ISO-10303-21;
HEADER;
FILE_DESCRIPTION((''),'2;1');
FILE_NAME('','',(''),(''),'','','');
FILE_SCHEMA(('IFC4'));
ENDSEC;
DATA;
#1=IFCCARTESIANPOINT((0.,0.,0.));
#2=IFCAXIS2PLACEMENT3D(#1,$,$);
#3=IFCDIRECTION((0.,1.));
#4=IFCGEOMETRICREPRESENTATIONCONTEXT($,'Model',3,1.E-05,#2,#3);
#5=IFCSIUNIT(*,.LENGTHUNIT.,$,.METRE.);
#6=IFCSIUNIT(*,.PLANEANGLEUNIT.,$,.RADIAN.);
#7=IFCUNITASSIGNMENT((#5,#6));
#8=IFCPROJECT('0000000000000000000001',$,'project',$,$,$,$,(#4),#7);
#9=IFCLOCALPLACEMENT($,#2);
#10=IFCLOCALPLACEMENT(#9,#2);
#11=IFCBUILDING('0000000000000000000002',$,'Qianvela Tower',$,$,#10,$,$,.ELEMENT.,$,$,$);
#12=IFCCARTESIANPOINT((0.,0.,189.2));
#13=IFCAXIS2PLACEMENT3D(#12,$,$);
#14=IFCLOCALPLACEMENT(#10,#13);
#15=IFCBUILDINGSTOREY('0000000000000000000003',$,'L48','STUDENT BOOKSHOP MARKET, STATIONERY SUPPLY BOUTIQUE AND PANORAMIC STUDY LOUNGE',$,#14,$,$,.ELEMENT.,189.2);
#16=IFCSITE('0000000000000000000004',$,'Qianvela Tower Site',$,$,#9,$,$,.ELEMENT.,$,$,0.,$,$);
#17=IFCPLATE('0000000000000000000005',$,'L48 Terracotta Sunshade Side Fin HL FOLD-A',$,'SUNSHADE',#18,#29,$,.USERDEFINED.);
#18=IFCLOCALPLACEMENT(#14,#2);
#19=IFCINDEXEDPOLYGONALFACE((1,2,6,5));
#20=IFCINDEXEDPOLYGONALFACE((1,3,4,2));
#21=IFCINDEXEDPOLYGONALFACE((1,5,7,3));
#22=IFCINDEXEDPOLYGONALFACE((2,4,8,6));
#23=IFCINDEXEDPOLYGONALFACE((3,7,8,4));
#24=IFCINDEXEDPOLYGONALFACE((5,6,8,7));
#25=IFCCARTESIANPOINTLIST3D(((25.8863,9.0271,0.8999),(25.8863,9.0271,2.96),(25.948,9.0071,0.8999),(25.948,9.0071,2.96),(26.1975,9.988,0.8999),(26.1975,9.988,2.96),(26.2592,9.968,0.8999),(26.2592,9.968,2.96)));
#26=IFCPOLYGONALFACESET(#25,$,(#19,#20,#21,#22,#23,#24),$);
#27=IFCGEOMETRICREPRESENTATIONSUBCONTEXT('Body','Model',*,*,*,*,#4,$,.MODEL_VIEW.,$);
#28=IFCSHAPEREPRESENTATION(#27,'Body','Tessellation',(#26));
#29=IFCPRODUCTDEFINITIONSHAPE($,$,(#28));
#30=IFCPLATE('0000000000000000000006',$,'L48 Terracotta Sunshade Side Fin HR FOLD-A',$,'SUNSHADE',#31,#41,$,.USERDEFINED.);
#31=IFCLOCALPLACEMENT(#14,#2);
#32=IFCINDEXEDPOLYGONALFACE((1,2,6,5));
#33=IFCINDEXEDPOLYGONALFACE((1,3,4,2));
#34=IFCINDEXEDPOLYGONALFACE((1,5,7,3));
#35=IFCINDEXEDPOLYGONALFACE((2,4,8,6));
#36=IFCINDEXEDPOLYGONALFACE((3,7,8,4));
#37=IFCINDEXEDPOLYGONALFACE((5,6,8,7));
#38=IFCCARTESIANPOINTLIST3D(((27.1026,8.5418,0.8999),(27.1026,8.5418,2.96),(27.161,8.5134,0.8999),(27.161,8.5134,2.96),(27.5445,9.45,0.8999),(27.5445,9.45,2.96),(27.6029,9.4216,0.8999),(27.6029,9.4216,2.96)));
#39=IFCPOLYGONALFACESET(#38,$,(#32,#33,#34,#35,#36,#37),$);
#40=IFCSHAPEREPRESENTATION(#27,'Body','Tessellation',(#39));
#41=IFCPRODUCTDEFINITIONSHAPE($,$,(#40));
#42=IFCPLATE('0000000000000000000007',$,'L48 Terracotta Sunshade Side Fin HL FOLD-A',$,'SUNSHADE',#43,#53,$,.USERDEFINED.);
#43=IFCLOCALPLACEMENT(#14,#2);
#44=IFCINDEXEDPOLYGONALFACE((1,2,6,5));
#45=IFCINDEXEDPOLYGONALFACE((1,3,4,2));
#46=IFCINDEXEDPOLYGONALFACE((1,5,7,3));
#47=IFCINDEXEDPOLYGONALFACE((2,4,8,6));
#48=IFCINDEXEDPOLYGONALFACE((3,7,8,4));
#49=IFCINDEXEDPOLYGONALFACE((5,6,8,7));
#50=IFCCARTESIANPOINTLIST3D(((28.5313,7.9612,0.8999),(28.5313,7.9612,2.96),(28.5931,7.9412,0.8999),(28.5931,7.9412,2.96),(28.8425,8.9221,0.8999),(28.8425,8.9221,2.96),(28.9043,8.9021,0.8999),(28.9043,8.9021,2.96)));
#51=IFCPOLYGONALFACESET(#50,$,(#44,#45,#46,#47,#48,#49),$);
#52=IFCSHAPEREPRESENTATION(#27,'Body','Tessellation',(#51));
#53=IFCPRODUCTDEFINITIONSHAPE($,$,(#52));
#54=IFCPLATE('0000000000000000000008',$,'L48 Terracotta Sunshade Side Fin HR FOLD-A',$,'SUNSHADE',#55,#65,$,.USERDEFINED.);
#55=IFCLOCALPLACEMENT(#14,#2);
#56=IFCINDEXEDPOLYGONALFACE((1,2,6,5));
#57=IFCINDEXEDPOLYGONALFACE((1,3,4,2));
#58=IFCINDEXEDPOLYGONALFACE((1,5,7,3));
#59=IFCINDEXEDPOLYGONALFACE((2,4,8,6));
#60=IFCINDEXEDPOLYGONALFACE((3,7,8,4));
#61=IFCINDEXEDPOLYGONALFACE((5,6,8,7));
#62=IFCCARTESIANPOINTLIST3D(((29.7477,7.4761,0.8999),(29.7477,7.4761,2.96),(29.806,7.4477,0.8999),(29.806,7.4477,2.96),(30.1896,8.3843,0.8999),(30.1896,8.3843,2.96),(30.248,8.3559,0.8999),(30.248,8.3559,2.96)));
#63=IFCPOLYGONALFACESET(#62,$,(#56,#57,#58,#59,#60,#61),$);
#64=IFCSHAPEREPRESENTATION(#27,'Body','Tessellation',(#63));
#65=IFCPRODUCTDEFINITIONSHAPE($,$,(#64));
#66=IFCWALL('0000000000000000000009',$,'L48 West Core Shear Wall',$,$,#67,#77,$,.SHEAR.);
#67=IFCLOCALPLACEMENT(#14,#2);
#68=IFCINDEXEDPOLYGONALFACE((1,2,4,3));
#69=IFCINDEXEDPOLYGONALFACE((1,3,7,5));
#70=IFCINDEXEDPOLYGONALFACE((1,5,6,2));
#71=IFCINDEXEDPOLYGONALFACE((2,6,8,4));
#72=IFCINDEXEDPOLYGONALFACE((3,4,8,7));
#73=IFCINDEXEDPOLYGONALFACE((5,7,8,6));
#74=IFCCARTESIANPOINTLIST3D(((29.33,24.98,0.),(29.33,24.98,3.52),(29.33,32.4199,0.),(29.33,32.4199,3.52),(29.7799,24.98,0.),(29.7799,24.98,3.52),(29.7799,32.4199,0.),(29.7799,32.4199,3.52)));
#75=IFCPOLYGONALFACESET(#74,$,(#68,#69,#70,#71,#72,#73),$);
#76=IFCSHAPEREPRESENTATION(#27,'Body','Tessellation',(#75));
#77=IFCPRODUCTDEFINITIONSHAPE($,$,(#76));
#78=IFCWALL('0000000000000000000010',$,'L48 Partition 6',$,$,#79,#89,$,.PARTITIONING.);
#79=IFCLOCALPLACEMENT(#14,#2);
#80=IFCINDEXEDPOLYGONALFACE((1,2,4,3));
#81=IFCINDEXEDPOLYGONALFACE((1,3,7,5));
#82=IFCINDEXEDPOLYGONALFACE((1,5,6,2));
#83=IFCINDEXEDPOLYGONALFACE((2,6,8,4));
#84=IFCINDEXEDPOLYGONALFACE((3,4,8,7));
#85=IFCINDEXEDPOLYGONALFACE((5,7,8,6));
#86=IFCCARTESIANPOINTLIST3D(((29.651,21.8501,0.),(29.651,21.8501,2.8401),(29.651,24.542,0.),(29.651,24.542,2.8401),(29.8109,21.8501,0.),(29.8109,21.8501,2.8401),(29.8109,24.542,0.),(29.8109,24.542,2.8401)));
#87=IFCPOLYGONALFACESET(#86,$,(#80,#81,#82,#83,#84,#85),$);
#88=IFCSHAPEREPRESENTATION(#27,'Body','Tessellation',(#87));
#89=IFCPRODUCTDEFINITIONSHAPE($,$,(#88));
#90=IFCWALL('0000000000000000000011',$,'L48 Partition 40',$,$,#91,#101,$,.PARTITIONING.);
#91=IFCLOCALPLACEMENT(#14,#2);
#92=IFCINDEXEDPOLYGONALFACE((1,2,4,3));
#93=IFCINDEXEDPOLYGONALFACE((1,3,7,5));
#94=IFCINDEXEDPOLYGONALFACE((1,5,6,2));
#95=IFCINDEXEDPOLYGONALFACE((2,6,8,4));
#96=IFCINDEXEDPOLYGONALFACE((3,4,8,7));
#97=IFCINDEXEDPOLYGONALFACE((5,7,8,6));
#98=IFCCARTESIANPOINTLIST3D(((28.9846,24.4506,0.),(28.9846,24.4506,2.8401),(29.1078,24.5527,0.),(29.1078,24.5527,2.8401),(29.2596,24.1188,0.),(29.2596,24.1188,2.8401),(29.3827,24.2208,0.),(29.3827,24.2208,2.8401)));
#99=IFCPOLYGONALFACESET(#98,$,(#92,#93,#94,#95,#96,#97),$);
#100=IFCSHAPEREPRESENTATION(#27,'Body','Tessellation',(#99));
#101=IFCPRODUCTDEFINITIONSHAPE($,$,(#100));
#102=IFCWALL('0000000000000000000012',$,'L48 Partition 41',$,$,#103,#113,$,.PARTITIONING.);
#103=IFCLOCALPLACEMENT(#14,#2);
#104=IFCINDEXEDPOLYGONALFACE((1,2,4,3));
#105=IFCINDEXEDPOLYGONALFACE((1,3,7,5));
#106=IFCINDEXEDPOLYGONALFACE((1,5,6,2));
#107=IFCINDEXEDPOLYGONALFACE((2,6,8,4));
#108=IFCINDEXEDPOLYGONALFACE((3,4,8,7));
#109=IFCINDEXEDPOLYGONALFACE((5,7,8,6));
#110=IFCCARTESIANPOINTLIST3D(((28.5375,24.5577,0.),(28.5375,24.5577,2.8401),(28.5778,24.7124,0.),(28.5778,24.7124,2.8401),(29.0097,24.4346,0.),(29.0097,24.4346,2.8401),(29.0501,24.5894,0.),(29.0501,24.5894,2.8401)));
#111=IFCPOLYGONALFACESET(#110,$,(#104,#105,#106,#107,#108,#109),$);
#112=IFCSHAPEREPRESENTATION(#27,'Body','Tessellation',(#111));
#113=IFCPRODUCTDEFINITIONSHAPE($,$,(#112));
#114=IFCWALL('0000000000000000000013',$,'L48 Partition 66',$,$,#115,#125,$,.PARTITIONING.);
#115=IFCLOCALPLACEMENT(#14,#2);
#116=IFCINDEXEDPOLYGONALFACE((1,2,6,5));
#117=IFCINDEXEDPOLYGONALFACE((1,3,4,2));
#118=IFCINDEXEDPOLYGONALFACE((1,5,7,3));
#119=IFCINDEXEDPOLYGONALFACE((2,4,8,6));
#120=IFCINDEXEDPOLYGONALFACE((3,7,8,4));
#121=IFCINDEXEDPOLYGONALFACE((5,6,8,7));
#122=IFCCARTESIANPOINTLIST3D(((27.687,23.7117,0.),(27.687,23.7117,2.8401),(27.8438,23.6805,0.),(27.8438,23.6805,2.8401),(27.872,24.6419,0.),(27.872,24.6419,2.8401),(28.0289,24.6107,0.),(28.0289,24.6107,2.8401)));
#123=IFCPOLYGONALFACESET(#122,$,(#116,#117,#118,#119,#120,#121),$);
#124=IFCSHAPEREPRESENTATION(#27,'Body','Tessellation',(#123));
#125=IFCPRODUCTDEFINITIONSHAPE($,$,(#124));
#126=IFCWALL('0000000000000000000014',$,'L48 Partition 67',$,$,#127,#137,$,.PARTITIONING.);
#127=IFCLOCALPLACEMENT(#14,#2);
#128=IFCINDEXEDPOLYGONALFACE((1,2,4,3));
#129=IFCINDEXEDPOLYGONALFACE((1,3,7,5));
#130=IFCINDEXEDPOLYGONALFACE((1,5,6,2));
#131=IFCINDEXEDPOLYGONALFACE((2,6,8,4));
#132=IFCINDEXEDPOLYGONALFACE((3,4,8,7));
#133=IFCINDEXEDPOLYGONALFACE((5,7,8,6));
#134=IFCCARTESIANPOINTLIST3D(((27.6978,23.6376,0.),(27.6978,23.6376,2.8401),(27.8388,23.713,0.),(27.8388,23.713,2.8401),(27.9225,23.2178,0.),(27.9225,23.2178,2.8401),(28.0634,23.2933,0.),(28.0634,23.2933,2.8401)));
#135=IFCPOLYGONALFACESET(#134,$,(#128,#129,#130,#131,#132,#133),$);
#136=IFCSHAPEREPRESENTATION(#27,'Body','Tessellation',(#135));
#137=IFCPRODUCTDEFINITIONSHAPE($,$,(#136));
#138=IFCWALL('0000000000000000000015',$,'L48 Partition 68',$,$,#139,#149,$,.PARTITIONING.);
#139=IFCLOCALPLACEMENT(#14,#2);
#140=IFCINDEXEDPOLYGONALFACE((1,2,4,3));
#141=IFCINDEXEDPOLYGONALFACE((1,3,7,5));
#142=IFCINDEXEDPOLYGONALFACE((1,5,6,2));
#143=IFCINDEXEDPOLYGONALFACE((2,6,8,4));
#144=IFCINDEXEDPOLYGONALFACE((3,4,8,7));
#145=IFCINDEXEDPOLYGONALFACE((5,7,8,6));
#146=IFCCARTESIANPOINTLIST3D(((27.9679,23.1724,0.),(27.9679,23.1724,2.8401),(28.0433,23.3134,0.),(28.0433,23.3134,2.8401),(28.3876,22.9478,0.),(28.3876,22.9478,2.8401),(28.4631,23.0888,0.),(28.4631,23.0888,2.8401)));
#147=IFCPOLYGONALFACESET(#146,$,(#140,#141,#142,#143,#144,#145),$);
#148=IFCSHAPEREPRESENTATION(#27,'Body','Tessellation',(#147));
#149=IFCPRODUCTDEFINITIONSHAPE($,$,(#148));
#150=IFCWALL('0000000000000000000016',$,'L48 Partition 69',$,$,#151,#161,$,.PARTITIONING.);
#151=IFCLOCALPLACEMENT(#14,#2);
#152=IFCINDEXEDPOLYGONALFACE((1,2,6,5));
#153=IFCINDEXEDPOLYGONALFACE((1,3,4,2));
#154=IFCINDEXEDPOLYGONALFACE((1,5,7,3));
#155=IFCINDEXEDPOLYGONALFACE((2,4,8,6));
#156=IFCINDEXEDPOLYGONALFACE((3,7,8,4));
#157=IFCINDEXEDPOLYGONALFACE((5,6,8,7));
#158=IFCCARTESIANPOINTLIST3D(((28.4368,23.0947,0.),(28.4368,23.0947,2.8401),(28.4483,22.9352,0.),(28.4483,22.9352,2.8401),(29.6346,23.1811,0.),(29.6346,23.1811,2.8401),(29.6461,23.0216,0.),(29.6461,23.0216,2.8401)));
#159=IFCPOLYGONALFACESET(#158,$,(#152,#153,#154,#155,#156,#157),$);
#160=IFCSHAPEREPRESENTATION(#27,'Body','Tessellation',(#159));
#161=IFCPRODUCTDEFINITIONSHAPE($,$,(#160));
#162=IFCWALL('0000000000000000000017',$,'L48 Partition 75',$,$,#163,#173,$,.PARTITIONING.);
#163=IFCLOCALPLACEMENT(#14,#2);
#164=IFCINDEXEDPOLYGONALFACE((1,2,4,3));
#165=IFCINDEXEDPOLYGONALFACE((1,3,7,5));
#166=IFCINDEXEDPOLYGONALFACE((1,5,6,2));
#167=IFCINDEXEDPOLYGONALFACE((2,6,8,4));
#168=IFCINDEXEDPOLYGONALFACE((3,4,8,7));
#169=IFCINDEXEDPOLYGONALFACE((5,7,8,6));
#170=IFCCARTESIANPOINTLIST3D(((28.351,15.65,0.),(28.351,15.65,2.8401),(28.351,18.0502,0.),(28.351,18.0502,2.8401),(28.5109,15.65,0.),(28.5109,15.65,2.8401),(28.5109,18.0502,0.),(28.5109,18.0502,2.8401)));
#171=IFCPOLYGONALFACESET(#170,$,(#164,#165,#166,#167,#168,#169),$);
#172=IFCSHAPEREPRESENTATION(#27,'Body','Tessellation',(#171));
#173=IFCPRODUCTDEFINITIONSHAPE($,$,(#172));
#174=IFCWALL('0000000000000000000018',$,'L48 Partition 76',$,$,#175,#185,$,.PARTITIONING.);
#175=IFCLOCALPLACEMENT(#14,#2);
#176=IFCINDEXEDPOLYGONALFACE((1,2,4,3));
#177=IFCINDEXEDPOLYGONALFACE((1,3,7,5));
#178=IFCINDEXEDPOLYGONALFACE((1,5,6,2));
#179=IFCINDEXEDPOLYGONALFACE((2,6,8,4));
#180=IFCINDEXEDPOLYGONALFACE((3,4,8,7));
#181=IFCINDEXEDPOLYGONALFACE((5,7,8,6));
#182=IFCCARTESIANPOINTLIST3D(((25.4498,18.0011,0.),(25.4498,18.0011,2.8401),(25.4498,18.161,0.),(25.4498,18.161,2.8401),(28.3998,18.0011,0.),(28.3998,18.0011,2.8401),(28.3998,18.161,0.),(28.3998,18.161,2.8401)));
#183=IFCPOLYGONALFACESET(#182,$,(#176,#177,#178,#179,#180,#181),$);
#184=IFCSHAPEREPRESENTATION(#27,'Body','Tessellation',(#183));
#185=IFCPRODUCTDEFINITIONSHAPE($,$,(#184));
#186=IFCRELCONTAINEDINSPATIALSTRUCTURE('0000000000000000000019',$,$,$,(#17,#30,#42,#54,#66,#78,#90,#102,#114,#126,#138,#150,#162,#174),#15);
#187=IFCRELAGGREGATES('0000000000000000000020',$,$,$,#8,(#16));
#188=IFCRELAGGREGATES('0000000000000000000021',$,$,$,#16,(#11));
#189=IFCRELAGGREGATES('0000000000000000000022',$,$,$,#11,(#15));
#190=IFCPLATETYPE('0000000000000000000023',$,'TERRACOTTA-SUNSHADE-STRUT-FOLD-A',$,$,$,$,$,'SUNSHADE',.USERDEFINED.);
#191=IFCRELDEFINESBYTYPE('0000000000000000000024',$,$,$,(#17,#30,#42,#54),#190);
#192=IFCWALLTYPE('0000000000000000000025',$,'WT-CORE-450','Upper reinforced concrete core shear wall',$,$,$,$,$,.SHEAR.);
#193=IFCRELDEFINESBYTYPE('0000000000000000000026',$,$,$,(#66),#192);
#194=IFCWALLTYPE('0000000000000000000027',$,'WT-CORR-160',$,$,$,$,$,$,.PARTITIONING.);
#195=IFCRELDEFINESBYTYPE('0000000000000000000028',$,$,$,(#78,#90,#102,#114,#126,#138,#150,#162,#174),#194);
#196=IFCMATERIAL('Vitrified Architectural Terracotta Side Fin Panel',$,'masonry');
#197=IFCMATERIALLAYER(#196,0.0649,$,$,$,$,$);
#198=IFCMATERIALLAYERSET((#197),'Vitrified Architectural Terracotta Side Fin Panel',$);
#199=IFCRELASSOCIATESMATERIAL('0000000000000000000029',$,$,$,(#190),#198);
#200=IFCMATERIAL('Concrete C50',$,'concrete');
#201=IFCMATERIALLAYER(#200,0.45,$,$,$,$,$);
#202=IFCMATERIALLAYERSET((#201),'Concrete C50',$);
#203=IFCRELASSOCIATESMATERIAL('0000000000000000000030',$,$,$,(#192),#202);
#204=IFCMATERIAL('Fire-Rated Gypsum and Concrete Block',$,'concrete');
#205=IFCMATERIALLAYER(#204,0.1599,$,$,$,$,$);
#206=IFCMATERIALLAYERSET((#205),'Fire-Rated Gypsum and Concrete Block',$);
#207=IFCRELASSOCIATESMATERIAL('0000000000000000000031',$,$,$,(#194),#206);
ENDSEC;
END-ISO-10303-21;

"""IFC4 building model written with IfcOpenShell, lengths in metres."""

from ifc_helpers import new_model, si_unit, direction, frame, frame_2d, origin, origin_2d, place, context, subcontext, project, spatial, rectangle, extrude, material, layer, layer_set, type_object, element, save


model = new_model("IFC4")

# Units and contexts
model_context = context("Model", 3, precision=1e-05, world=origin(), true_north=direction((0.0, 1.0)))
body_context = subcontext(model_context, "Body", "Model", "MODEL_VIEW")
ifc_project = project(units=[si_unit("LENGTHUNIT", "METRE"), si_unit("PLANEANGLEUNIT", "RADIAN")], contexts=[model_context])

# Site, building, storey
site_placement = place(None, origin())
site = spatial("IfcSite", under=ifc_project, at=site_placement, Name="Qianvela Tower Site", CompositionType="ELEMENT", RefElevation=0.0)
building_placement = place(site_placement, origin())
building = spatial("IfcBuilding", under=site, at=building_placement, Name="Qianvela Tower", CompositionType="ELEMENT")
storey_placement = place(building_placement, frame((0.0, 0.0, 189.2)))
storey = spatial("IfcBuildingStorey", under=building, at=storey_placement, Name="L48", Description="STUDENT BOOKSHOP MARKET, STATIONERY SUPPLY BOUTIQUE AND PANORAMIC STUDY LOUNGE", CompositionType="ELEMENT", Elevation=189.2)

# Plates
ifc_material_1 = material(Name="Vitrified Architectural Terracotta Side Fin Panel", Category="masonry")
ifc_layer_1 = layer(ifc_material_1, 0.0649)
ifc_layer_set_1 = layer_set([ifc_layer_1], Name="Vitrified Architectural Terracotta Side Fin Panel")
plate_type_1 = type_object("IfcPlateType", Name="TERRACOTTA-SUNSHADE-STRUT-FOLD-A", ElementType="SUNSHADE", PredefinedType="USERDEFINED", material=ifc_layer_set_1)
for number, where, z_axis, x_axis, name in (
    (1, (26.0728, 9.4976, 0.8999), (0.0, 0.0, 1.0), (0.951347, -0.308122, 0.0), "L48 Terracotta Sunshade Side Fin HL FOLD-A"),
    (2, (27.3528, 8.9817, 0.8999), (0.0, 0.0, 1.0), (0.899206, -0.437525, 0.0), "L48 Terracotta Sunshade Side Fin HR FOLD-A"),
    (3, (28.7178, 8.4316, 0.8999), (0.0, 0.0, 1.0), (0.951347, -0.308122, 0.0), "L48 Terracotta Sunshade Side Fin HL FOLD-A"),
    (4, (29.9978, 7.916, 0.8999), (0.0, 0.0, 1.0), (0.899206, -0.437525, 0.0), "L48 Terracotta Sunshade Side Fin HR FOLD-A"),
):
    element("IfcPlate", number, at=place(storey_placement, frame(where, z_axis=z_axis, x_axis=x_axis)), inside=storey, type_object=plate_type_1, Name=name, ObjectType="SUNSHADE", PredefinedType="USERDEFINED", context=body_context, shape_type="SweptSolid", body=[
        extrude(rectangle(XDim=0.0649, YDim=1.01, at=origin_2d()), origin(), (0.0, 0.0, 1.0), 2.0601),
    ])

# Shared definitions
ifc_material_2 = material(Name="Concrete C50", Category="concrete")
ifc_layer_2 = layer(ifc_material_2, 0.45)
ifc_layer_set_2 = layer_set([ifc_layer_2], Name="Concrete C50")
wall_type_1 = type_object("IfcWallType", Name="WT-CORE-450", Description="Upper reinforced concrete core shear wall", PredefinedType="SHEAR", material=ifc_layer_set_2)

# Walls
wall_1_placement = place(storey_placement, frame((29.5549, 24.98, 0.0), z_axis=(0.0, 0.0, 1.0), x_axis=(0.0, 1.0, 0.0)))
element("IfcWall", 5, at=wall_1_placement, inside=storey, type_object=wall_type_1, Name="L48 West Core Shear Wall", PredefinedType="SHEAR", context=body_context, shape_type="SweptSolid", body=[
    extrude(rectangle(XDim=7.4399, YDim=0.45, at=frame_2d((3.72, 0.0))), origin(), (0.0, 0.0, 1.0), 3.52),
])
ifc_material_3 = material(Name="Fire-Rated Gypsum and Concrete Block", Category="concrete")
ifc_layer_3 = layer(ifc_material_3, 0.1599)
ifc_layer_set_3 = layer_set([ifc_layer_3], Name="Fire-Rated Gypsum and Concrete Block")
wall_type_2 = type_object("IfcWallType", Name="WT-CORR-160", PredefinedType="PARTITIONING", material=ifc_layer_set_3)
wall_2_placement = place(storey_placement, frame((29.731, 21.8501, 0.0), z_axis=(0.0, 0.0, 1.0), x_axis=(0.0, 1.0, 0.0)))
element("IfcWall", 6, at=wall_2_placement, inside=storey, type_object=wall_type_2, Name="L48 Partition 6", PredefinedType="PARTITIONING", context=body_context, shape_type="SweptSolid", body=[
    extrude(rectangle(XDim=2.6919, YDim=0.1599, at=frame_2d((1.3459, 0.0))), origin(), (0.0, 0.0, 1.0), 2.8401),
])
wall_3_placement = place(storey_placement, frame((29.321, 24.1699, 0.0), z_axis=(0.0, 0.0, 1.0), x_axis=(-0.638008, 0.77003, 0.0)))
element("IfcWall", 7, at=wall_3_placement, inside=storey, type_object=wall_type_2, Name="L48 Partition 40", PredefinedType="PARTITIONING", context=body_context, shape_type="SweptSolid", body=[
    extrude(rectangle(XDim=0.4309, YDim=0.1599, at=frame_2d((0.2153, 0.0))), origin(), (0.0, 0.0, 1.0), 2.8401),
])
wall_4_placement = place(storey_placement, frame((29.03, 24.512, 0.0), z_axis=(0.0, 0.0, 1.0), x_axis=(-0.967681, 0.252177, 0.0)))
element("IfcWall", 8, at=wall_4_placement, inside=storey, type_object=wall_type_2, Name="L48 Partition 41", PredefinedType="PARTITIONING", context=body_context, shape_type="SweptSolid", body=[
    extrude(rectangle(XDim=0.488, YDim=0.1599, at=frame_2d((0.2441, 0.0))), origin(), (0.0, 0.0, 1.0), 2.8401),
])
wall_5_placement = place(storey_placement, frame((27.9504, 24.6262, 0.0), z_axis=(0.0, 0.0, 1.0), x_axis=(-0.195126, -0.980778, 0.0)))
element("IfcWall", 9, at=wall_5_placement, inside=storey, type_object=wall_type_2, Name="L48 Partition 66", PredefinedType="PARTITIONING", context=body_context, shape_type="SweptSolid", body=[
    extrude(rectangle(XDim=0.9485, YDim=0.1599, at=frame_2d((0.4741, 0.0))), origin(), (0.0, 0.0, 1.0), 2.8401),
])
for number, where, z_axis, x_axis, name in (
    (10, (27.7683, 23.6753, 0.0), (0.0, 0.0, 1.0), (0.471866, -0.881671, 0.0), "L48 Partition 67"),
    (11, (28.0056, 23.2429, 0.0), (0.0, 0.0, 1.0), (0.881671, -0.471866, 0.0), "L48 Partition 68"),
):
    element("IfcWall", number, at=place(storey_placement, frame(where, z_axis=z_axis, x_axis=x_axis)), inside=storey, type_object=wall_type_2, Name=name, PredefinedType="PARTITIONING", context=body_context, shape_type="SweptSolid", body=[
        extrude(rectangle(XDim=0.4761, YDim=0.1599, at=frame_2d((0.238, 0.0))), origin(), (0.0, 0.0, 1.0), 2.8401),
    ])
wall_6_placement = place(storey_placement, frame((28.4424, 23.0149, 0.0), z_axis=(0.0, 0.0, 1.0), x_axis=(0.997407, 0.071969, 0.0)))
element("IfcWall", 12, at=wall_6_placement, inside=storey, type_object=wall_type_2, Name="L48 Partition 69", PredefinedType="PARTITIONING", context=body_context, shape_type="SweptSolid", body=[
    extrude(rectangle(XDim=1.2009, YDim=0.1599, at=frame_2d((0.6006, 0.0))), origin(), (0.0, 0.0, 1.0), 2.8401),
])
wall_7_placement = place(storey_placement, frame((28.4309, 15.6499, 0.0), z_axis=(0.0, 0.0, 1.0), x_axis=(0.0, 1.0, 0.0)))
element("IfcWall", 13, at=wall_7_placement, inside=storey, type_object=wall_type_2, Name="L48 Partition 75", PredefinedType="PARTITIONING", context=body_context, shape_type="SweptSolid", body=[
    extrude(rectangle(XDim=2.4001, YDim=0.1599, at=frame_2d((1.2002, 0.0))), origin(), (0.0, 0.0, 1.0), 2.8401),
])
wall_8_placement = place(storey_placement, frame((28.3999, 18.0811, 0.0), z_axis=(0.0, 0.0, 1.0), x_axis=(-1.0, 0.0, 0.0)))
element("IfcWall", 14, at=wall_8_placement, inside=storey, type_object=wall_type_2, Name="L48 Partition 76", PredefinedType="PARTITIONING", context=body_context, shape_type="SweptSolid", body=[
    extrude(rectangle(XDim=2.95, YDim=0.1599, at=frame_2d((1.4751, 0.0))), origin(), (0.0, 0.0, 1.0), 2.8401),
])

save(model, "model.ifc")
